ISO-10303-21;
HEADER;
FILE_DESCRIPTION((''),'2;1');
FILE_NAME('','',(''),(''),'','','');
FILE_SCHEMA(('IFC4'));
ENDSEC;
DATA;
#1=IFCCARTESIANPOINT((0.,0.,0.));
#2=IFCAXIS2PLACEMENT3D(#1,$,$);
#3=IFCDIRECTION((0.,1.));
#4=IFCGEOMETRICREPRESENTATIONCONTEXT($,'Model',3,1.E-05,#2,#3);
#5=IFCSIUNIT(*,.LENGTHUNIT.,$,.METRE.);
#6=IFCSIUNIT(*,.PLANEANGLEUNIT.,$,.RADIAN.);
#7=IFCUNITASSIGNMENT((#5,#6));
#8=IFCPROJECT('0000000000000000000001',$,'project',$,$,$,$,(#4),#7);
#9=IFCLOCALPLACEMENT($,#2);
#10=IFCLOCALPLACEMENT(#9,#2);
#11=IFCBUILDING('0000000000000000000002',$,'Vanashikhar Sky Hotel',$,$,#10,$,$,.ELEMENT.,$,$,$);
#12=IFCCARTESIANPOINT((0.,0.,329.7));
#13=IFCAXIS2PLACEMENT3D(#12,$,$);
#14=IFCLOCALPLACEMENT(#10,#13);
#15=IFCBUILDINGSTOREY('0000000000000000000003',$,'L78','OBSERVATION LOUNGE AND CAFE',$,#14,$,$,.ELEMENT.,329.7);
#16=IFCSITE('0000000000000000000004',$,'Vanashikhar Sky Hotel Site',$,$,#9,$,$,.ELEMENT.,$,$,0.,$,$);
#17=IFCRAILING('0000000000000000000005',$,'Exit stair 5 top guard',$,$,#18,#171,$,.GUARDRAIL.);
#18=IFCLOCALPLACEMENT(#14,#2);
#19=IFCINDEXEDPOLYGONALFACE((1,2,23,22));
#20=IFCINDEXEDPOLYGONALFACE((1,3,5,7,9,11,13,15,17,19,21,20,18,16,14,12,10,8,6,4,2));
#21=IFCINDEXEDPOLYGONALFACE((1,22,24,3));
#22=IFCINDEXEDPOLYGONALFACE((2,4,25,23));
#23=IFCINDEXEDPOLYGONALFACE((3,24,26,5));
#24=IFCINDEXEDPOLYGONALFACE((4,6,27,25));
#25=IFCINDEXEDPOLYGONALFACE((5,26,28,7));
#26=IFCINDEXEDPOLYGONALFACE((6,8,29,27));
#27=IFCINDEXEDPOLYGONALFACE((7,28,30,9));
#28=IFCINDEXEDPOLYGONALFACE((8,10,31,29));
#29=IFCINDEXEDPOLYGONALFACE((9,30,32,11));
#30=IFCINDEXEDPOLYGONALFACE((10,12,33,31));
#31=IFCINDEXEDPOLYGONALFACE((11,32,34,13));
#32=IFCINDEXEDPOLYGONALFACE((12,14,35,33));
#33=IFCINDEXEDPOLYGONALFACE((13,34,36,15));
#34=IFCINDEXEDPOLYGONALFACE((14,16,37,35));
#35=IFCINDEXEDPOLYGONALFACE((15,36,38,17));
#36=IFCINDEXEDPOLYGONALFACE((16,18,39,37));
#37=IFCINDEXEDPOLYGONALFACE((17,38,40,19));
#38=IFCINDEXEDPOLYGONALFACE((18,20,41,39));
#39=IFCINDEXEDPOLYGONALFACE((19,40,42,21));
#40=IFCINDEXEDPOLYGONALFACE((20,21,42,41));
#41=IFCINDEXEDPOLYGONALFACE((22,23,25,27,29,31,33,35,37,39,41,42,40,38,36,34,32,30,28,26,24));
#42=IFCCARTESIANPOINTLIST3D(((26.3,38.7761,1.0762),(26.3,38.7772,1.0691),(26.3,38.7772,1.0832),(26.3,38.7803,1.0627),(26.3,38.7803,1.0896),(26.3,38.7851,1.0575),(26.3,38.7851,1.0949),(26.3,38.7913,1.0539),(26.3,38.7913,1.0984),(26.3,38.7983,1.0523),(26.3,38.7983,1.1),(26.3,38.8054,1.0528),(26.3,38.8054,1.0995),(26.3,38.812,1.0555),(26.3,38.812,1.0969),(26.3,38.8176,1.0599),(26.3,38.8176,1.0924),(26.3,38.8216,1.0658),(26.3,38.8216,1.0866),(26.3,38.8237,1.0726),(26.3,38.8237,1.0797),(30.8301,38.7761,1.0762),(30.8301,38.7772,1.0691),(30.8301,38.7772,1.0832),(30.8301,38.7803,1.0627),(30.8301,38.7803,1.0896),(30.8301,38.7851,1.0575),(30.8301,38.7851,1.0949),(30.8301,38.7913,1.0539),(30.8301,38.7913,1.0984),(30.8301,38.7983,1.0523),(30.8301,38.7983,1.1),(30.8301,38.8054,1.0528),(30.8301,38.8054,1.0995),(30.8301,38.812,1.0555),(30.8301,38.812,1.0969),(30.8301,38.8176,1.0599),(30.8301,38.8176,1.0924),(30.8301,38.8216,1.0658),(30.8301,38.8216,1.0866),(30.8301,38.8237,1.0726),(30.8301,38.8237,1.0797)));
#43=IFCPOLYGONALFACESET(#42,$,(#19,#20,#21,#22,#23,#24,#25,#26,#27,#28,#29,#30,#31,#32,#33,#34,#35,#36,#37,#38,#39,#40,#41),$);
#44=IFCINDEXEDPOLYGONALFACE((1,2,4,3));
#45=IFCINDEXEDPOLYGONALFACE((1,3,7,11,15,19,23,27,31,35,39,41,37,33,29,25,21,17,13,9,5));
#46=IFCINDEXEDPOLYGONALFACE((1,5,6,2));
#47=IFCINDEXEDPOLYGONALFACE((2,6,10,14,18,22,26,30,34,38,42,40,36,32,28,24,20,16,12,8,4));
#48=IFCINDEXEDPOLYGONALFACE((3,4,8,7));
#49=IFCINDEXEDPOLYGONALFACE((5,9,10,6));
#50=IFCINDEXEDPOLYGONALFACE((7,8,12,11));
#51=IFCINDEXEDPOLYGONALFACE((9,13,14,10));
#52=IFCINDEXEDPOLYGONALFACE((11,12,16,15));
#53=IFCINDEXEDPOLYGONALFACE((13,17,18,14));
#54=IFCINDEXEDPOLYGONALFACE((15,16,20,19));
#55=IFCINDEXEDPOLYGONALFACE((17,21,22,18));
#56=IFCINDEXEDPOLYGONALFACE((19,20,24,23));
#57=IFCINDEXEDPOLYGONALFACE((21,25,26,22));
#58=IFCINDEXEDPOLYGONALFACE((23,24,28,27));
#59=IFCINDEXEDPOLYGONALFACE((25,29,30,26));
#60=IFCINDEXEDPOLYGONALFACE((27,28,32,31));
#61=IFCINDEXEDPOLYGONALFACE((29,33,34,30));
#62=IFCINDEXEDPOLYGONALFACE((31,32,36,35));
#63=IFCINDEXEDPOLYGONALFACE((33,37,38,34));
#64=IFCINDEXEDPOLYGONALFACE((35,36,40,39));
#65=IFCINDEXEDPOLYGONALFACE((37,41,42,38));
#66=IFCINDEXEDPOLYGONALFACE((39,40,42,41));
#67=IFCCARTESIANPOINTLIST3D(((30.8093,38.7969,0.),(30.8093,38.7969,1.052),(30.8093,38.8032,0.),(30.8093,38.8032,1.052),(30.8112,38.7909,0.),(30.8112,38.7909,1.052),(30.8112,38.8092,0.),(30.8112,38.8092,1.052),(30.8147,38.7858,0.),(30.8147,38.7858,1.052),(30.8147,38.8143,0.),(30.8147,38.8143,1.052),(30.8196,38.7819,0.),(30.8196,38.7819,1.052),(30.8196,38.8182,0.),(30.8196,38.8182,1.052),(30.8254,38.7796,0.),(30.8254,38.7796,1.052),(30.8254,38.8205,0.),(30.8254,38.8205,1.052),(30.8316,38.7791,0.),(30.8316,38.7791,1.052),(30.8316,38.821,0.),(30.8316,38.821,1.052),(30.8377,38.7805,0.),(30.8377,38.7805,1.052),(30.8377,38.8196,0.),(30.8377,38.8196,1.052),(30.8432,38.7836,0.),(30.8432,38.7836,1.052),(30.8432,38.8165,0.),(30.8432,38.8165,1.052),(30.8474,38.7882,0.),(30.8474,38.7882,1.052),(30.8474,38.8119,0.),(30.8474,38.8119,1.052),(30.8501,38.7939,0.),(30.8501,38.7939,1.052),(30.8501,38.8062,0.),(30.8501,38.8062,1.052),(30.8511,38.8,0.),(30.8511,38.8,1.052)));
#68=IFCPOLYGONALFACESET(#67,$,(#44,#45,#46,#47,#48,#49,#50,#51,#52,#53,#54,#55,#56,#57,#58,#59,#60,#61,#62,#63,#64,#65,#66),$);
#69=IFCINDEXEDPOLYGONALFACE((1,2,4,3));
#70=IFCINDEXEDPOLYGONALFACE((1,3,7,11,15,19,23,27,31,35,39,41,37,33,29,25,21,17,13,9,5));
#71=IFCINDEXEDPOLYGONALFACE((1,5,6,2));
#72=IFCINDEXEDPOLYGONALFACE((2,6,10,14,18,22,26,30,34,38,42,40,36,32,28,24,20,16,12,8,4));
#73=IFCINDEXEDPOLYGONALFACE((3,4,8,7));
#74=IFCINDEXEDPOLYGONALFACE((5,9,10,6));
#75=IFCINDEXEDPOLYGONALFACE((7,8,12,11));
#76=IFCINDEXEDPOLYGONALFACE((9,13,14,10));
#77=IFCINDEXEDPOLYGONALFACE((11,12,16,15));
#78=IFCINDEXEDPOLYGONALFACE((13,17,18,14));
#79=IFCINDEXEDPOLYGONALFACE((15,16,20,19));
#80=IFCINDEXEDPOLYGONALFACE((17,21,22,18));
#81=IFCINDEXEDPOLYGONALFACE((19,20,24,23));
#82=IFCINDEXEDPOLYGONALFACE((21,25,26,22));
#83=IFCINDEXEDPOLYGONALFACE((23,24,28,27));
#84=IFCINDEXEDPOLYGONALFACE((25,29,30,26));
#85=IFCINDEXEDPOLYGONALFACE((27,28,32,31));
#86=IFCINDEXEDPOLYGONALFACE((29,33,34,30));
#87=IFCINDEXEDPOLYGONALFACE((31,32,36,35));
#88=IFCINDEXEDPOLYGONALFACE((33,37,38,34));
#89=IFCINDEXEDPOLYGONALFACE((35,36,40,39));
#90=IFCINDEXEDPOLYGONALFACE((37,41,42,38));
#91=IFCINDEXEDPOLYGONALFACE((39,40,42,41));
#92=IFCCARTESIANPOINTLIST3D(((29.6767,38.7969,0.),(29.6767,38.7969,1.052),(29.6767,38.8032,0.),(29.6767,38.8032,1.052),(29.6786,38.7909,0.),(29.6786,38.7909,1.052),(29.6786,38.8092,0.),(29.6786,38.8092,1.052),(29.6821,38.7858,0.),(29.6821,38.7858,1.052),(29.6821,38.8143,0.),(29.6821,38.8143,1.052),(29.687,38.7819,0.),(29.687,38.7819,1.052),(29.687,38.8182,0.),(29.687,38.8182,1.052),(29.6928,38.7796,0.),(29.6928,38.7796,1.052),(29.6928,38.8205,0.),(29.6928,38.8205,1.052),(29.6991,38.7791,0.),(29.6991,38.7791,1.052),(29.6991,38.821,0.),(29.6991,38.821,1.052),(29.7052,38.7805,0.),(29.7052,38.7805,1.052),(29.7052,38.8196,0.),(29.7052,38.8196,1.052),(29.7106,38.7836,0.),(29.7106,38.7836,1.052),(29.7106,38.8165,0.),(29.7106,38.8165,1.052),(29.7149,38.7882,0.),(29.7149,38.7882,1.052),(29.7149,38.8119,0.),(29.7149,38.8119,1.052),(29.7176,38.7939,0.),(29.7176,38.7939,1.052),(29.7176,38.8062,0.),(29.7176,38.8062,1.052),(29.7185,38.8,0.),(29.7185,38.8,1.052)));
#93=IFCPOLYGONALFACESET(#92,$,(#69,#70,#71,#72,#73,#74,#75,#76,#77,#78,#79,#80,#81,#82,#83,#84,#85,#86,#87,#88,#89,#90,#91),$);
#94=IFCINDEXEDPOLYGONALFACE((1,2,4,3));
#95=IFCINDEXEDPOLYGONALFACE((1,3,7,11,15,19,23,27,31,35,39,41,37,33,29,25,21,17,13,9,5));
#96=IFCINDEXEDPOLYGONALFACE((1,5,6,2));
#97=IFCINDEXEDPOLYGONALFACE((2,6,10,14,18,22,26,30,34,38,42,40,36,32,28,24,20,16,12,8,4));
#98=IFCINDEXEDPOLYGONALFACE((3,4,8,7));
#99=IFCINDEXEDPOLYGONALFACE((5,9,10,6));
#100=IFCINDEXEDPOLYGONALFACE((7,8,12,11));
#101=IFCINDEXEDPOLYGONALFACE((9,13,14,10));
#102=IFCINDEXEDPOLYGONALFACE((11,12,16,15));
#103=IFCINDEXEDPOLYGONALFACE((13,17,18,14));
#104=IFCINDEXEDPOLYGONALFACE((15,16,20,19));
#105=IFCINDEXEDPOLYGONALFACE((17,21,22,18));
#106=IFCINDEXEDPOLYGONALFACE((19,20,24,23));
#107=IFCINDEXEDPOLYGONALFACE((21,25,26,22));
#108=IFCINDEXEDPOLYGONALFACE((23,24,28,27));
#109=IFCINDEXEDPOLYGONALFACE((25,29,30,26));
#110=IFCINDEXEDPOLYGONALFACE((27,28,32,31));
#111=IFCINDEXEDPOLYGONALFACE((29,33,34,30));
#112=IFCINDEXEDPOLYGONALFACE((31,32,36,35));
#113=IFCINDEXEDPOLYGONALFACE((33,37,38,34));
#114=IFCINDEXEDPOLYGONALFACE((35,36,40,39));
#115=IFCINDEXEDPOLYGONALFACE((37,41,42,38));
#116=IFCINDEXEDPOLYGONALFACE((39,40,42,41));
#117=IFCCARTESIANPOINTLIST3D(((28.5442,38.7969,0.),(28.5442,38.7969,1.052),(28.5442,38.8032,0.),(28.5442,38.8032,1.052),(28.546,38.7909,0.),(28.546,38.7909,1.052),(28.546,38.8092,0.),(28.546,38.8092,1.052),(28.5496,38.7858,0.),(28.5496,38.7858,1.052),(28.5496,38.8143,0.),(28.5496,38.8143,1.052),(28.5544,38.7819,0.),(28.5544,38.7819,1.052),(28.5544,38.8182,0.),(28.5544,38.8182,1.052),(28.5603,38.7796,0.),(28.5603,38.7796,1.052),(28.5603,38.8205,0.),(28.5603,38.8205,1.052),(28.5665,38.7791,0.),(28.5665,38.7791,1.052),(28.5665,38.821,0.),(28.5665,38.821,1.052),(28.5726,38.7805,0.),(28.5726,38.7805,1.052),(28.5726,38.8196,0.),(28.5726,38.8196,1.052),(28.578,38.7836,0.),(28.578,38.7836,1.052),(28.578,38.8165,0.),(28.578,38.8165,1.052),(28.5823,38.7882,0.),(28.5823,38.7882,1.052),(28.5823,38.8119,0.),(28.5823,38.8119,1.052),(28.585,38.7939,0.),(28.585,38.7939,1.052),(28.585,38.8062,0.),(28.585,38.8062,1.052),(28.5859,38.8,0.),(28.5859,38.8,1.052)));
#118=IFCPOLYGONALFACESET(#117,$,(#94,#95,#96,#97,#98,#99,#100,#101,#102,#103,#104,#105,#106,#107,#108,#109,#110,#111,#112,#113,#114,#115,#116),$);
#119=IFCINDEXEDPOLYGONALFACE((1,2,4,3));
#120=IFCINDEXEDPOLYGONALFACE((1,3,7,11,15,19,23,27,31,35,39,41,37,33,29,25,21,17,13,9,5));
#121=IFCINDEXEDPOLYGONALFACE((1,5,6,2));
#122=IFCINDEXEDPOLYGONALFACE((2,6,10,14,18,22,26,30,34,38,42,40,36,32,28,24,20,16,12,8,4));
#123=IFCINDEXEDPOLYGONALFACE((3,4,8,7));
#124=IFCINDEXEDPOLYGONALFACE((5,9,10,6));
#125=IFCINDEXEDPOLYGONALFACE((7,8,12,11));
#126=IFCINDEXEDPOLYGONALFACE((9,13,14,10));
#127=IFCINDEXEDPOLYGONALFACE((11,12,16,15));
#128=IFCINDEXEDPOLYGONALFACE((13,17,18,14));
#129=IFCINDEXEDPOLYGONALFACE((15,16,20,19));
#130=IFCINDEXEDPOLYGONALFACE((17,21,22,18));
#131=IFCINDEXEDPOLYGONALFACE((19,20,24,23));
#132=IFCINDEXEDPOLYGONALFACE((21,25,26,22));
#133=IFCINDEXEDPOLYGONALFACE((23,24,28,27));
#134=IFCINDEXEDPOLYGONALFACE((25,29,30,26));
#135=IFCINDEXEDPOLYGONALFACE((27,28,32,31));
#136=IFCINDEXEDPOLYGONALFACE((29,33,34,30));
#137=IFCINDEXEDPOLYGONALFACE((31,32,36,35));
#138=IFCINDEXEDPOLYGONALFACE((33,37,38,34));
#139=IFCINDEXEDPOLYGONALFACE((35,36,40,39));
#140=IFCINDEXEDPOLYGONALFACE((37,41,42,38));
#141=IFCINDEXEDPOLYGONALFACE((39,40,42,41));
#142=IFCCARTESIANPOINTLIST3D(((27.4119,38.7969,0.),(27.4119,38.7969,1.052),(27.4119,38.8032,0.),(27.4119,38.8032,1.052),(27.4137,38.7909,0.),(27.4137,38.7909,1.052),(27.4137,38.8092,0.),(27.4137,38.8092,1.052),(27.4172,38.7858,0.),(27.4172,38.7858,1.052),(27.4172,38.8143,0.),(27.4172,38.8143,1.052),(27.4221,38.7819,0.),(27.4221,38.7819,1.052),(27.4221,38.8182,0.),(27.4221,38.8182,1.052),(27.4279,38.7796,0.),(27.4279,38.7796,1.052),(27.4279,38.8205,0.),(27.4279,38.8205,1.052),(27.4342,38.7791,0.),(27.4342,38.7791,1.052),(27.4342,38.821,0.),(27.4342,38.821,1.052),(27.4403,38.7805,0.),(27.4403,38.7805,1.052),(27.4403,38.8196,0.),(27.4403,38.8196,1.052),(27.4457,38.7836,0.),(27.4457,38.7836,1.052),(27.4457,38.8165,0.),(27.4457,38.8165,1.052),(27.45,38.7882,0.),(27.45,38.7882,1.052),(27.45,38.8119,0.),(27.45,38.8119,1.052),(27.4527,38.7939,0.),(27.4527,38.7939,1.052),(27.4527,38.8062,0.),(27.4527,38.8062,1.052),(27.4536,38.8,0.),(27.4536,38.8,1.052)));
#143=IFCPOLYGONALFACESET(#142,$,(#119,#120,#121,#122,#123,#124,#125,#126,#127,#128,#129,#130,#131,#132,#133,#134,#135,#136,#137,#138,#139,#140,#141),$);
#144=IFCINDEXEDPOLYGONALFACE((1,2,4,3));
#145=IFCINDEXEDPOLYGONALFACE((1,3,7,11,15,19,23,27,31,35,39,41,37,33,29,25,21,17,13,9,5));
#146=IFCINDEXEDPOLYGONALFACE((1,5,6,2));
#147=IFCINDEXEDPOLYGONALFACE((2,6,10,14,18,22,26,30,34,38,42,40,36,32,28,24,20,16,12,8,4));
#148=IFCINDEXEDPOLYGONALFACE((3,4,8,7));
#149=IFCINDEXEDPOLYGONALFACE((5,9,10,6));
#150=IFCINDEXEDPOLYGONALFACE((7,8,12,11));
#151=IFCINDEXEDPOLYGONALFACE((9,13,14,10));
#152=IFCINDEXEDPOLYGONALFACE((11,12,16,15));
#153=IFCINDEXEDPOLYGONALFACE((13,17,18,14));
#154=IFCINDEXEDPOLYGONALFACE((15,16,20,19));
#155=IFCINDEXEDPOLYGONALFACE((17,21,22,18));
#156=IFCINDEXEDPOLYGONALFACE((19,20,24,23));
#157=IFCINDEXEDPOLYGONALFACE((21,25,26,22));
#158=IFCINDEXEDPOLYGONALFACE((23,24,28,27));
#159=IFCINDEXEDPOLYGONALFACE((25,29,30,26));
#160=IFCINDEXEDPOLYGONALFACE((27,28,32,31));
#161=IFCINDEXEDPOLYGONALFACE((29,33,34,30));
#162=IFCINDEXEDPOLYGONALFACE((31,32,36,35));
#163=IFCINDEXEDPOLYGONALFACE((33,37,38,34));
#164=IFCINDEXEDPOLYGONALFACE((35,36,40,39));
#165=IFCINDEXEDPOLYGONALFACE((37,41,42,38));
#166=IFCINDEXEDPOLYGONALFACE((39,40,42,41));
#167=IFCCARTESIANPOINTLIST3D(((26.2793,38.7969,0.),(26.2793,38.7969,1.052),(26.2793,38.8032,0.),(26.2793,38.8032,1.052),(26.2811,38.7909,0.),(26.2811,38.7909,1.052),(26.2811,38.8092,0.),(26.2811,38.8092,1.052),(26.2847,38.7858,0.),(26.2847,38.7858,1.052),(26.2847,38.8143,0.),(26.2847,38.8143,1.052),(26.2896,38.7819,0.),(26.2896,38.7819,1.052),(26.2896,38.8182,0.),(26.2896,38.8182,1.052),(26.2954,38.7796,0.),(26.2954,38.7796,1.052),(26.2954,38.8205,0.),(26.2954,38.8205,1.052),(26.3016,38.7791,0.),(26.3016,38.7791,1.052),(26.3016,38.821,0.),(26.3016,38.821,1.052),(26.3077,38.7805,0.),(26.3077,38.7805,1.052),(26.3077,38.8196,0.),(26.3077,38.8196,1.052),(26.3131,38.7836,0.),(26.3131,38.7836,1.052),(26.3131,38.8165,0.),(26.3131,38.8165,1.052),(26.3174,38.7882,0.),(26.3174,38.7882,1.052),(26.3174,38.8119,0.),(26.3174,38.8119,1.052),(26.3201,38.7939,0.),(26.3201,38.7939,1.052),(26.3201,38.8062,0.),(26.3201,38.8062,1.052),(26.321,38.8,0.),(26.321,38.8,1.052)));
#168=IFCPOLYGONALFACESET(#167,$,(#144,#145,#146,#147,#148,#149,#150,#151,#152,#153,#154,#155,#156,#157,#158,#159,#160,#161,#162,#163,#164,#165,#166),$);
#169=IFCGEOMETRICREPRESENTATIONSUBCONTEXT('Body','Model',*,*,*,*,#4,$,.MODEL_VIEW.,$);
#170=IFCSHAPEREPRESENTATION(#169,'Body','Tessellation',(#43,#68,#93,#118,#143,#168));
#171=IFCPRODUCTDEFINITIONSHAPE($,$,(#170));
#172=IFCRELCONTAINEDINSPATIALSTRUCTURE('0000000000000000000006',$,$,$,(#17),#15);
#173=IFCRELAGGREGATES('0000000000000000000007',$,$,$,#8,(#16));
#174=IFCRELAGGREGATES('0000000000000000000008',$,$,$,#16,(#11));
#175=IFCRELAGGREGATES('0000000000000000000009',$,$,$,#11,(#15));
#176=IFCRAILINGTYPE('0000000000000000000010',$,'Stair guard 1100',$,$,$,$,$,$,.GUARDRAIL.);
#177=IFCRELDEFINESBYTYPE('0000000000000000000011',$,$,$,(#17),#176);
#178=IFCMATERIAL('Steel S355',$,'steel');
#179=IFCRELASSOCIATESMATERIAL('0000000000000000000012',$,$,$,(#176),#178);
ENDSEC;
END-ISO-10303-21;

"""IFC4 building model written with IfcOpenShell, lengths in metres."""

from ifc_helpers import new_model, si_unit, direction, frame, origin, origin_2d, place, context, subcontext, project, spatial, circle, extrude, source, transform, mapped, material, type_object, element, save


model = new_model("IFC4")

# Units and contexts
model_context = context("Model", 3, precision=1e-05, world=origin(), true_north=direction((0.0, 1.0)))
body_context = subcontext(model_context, "Body", "Model", "MODEL_VIEW")
ifc_project = project(units=[si_unit("LENGTHUNIT", "METRE"), si_unit("PLANEANGLEUNIT", "RADIAN")], contexts=[model_context])

# Site, building, storey
site_placement = place(None, origin())
site = spatial("IfcSite", under=ifc_project, at=site_placement, Name="Vanashikhar Sky Hotel Site", CompositionType="ELEMENT", RefElevation=0.0)
building_placement = place(site_placement, origin())
building = spatial("IfcBuilding", under=site, at=building_placement, Name="Vanashikhar Sky Hotel", CompositionType="ELEMENT")
storey_placement = place(building_placement, frame((0.0, 0.0, 329.7)))
storey = spatial("IfcBuildingStorey", under=building, at=storey_placement, Name="L78", Description="OBSERVATION LOUNGE AND CAFE", CompositionType="ELEMENT", Elevation=329.7)

# Shared definitions
ifc_material_1 = material(Name="Steel S355", Category="steel")

# Railing
railing_type = type_object("IfcRailingType", Name="Stair guard 1100", PredefinedType="GUARDRAIL", material=ifc_material_1)
shared_shape_1 = source(origin(), body_context, "Body", "SweptSolid", [
    extrude(circle(Radius=0.0239, at=origin_2d()), frame((0.0, 0.0, 1.0762), z_axis=(-1.0, 0.0, 0.0), x_axis=(0.0, -1.0, 0.0)), (0.0, 0.0, 1.0), 4.53),
    extrude(circle(Radius=0.021, at=origin_2d()), origin(), (0.0, 0.0, 1.0), 1.052),
    extrude(circle(Radius=0.021, at=origin_2d()), frame((-1.1326, 0.0, 0.0)), (0.0, 0.0, 1.0), 1.052),
    extrude(circle(Radius=0.021, at=origin_2d()), frame((-2.2651, 0.0, 0.0)), (0.0, 0.0, 1.0), 1.052),
    extrude(circle(Radius=0.021, at=origin_2d()), frame((-3.3975, 0.0, 0.0)), (0.0, 0.0, 1.0), 1.052),
    extrude(circle(Radius=0.021, at=origin_2d()), frame((-4.53, 0.0, 0.0)), (0.0, 0.0, 1.0), 1.052),
])
railing_1_placement = place(storey_placement, frame((30.8301, 38.8, 0.0)))
element("IfcRailing", 1, at=railing_1_placement, inside=storey, type_object=railing_type, Name="Exit stair 5 top guard", PredefinedType="GUARDRAIL", context=body_context, shape_type="MappedRepresentation", body=[
    mapped(shared_shape_1, transform((0.0, 0.0, 0.0), scale=1.0)),
])

save(model, "model.ifc")
